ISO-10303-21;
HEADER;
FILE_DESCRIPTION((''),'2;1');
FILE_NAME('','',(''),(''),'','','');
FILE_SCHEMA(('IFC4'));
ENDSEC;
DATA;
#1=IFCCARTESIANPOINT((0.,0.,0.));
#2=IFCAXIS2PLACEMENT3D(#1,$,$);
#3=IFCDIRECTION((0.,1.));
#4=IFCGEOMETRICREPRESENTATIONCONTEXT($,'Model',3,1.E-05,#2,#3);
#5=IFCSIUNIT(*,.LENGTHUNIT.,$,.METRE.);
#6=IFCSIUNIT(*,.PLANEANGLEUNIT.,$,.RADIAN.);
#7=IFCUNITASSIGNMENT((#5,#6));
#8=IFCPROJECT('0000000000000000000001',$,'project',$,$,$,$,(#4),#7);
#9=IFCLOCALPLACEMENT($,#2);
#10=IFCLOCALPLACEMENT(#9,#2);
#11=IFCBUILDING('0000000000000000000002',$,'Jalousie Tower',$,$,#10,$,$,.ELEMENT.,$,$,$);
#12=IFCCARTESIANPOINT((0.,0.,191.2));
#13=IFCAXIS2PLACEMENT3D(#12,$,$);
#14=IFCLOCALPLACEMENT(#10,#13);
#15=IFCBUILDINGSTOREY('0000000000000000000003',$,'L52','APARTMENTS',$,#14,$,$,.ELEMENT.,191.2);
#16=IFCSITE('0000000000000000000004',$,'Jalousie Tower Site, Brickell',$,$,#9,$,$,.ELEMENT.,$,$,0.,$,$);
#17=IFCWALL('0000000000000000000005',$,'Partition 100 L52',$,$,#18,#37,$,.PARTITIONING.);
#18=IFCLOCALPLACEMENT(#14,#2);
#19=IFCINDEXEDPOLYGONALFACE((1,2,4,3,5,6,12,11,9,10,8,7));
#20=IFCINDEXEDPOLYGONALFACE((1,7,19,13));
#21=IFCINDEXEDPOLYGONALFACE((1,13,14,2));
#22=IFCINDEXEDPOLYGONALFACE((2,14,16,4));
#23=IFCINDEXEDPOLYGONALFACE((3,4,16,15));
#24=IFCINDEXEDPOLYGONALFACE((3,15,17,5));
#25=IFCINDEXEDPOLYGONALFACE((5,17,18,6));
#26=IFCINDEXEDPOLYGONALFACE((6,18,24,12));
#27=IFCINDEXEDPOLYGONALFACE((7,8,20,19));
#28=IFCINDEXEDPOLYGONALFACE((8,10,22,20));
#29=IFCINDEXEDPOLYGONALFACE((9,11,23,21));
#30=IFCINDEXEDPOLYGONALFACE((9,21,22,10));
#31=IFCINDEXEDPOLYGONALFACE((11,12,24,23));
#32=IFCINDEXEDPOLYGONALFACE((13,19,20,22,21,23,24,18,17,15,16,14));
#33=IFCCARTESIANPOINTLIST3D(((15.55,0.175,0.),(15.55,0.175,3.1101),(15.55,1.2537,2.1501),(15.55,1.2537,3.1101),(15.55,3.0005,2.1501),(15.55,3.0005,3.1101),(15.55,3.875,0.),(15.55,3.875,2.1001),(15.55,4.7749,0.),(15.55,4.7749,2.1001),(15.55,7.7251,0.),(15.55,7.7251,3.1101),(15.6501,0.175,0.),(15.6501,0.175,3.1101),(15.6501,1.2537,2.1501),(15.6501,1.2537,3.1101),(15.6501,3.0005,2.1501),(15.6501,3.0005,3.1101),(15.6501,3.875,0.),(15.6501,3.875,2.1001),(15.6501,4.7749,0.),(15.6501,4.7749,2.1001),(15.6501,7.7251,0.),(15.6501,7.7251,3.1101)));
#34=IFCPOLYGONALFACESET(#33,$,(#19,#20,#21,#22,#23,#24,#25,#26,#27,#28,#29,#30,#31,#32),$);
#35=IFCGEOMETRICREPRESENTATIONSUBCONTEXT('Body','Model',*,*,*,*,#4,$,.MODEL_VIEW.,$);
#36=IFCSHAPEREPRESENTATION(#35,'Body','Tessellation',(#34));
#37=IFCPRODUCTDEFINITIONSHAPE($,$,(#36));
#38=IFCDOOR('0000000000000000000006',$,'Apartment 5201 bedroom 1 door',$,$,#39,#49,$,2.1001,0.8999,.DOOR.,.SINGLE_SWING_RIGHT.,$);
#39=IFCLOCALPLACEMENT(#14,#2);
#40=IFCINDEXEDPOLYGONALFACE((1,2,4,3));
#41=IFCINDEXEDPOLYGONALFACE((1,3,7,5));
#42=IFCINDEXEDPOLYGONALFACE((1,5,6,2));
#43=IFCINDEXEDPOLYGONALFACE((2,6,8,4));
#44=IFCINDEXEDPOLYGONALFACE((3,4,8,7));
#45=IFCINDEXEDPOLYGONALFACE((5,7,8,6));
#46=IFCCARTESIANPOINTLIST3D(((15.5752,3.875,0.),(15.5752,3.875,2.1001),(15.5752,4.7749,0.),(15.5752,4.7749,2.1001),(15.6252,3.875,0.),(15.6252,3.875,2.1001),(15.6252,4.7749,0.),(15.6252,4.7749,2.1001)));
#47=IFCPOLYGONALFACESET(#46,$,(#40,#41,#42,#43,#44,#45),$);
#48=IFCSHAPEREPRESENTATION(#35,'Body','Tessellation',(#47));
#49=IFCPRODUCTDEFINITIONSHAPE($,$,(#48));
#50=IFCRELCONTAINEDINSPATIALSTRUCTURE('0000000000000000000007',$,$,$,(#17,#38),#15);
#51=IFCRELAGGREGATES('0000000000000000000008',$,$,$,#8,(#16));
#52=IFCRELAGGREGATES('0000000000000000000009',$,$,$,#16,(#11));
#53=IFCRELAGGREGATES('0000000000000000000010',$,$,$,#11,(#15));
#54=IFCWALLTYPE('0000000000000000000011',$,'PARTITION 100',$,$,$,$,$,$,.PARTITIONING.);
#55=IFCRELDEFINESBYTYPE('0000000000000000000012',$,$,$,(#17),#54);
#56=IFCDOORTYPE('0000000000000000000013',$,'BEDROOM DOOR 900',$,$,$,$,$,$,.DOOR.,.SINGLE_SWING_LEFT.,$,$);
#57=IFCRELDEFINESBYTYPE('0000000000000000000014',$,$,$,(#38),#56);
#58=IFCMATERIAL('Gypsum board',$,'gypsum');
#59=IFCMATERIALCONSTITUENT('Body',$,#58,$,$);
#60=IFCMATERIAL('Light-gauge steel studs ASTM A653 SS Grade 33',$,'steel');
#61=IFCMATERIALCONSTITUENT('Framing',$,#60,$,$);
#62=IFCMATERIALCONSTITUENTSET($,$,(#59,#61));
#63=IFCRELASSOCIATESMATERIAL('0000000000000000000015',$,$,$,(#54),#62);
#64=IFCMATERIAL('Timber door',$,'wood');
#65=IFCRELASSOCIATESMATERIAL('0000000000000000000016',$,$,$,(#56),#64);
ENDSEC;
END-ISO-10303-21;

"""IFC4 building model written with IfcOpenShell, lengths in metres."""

from ifc_helpers import new_model, si_unit, direction, frame, frame_2d, origin, place, context, subcontext, project, spatial, polyline, rectangle, outline, extrude, material, constituent, constituent_set, type_object, element, fill, save


model = new_model("IFC4")

# Units and contexts
model_context = context("Model", 3, precision=1e-05, world=origin(), true_north=direction((0.0, 1.0)))
body_context = subcontext(model_context, "Body", "Model", "MODEL_VIEW")
ifc_project = project(units=[si_unit("LENGTHUNIT", "METRE"), si_unit("PLANEANGLEUNIT", "RADIAN")], contexts=[model_context])

# Site, building, storey
site_placement = place(None, origin())
site = spatial("IfcSite", under=ifc_project, at=site_placement, Name="Jalousie Tower Site, Brickell", CompositionType="ELEMENT", RefElevation=0.0)
building_placement = place(site_placement, origin())
building = spatial("IfcBuilding", under=site, at=building_placement, Name="Jalousie Tower", CompositionType="ELEMENT")
storey_placement = place(building_placement, frame((0.0, 0.0, 191.2)))
storey = spatial("IfcBuildingStorey", under=building, at=storey_placement, Name="L52", Description="APARTMENTS", CompositionType="ELEMENT", Elevation=191.2)

# Wall, opening, door
ifc_material_1 = material(Name="Gypsum board", Category="gypsum")
ifc_constituent_1 = constituent(ifc_material_1, Name="Body")
ifc_material_2 = material(Name="Light-gauge steel studs ASTM A653 SS Grade 33", Category="steel")
ifc_constituent_2 = constituent(ifc_material_2, Name="Framing")
ifc_constituent_set_1 = constituent_set(constituents=[ifc_constituent_1, ifc_constituent_2])
wall_type_1 = type_object("IfcWallType", Name="PARTITION 100", PredefinedType="PARTITIONING", material=ifc_constituent_set_1)
wall_1_placement = place(storey_placement, frame((15.6001, 0.175, 0.0), z_axis=(0.0, 0.0, 1.0), x_axis=(0.0, 1.0, 0.0)))
wall_1 = element("IfcWall", 1, at=wall_1_placement, inside=storey, type_object=wall_type_1, Name="Partition 100 L52", PredefinedType="PARTITIONING", context=body_context, shape_type="SweptSolid", body=[
    extrude(outline(polyline([(0.0, 0.0), (7.55, 0.0), (7.55, 3.1101), (2.8254, 3.1101), (2.8254, 2.1501), (1.0786, 2.1501), (1.0786, 3.1101), (0.0, 3.1101), (0.0, 0.0)])), frame((0.0, 0.05, 0.0), z_axis=(0.0, -1.0, 0.0), x_axis=(1.0, 0.0, 0.0)), (0.0, 0.0, 1.0), 0.1001),
])
opening_1_placement = place(wall_1_placement, frame((3.7, 0.0, 0.0)))
opening_1 = element("IfcOpeningElement", 2, at=opening_1_placement, cuts=wall_1, PredefinedType="OPENING", context=body_context, shape_type="SweptSolid", body=[
    extrude(rectangle(XDim=0.8999, YDim=2.1001, at=frame_2d((0.45, 1.05))), frame((0.0, 0.0601, 0.0), z_axis=(0.0, -1.0, 0.0), x_axis=(1.0, 0.0, 0.0)), (0.0, 0.0, 1.0), 0.1201),
])
ifc_material_3 = material(Name="Timber door", Category="wood")
door_type_1 = type_object("IfcDoorType", Name="BEDROOM DOOR 900", OperationType="SINGLE_SWING_LEFT", PredefinedType="DOOR", material=ifc_material_3)
door_1_placement = place(opening_1_placement, origin())
door_1 = element("IfcDoor", 3, at=door_1_placement, inside=storey, type_object=door_type_1, Name="Apartment 5201 bedroom 1 door", OperationType="SINGLE_SWING_RIGHT", OverallHeight=2.1001, OverallWidth=0.8999, PredefinedType="DOOR", context=body_context, shape_type="SweptSolid", body=[
    extrude(rectangle(XDim=0.8999, YDim=2.1001, at=frame_2d((0.45, 1.05))), frame((0.0, 0.0249, 0.0), z_axis=(0.0, -1.0, 0.0), x_axis=(1.0, 0.0, 0.0)), (0.0, 0.0, 1.0), 0.05),
])
fill(opening_1, door_1)

save(model, "model.ifc")
